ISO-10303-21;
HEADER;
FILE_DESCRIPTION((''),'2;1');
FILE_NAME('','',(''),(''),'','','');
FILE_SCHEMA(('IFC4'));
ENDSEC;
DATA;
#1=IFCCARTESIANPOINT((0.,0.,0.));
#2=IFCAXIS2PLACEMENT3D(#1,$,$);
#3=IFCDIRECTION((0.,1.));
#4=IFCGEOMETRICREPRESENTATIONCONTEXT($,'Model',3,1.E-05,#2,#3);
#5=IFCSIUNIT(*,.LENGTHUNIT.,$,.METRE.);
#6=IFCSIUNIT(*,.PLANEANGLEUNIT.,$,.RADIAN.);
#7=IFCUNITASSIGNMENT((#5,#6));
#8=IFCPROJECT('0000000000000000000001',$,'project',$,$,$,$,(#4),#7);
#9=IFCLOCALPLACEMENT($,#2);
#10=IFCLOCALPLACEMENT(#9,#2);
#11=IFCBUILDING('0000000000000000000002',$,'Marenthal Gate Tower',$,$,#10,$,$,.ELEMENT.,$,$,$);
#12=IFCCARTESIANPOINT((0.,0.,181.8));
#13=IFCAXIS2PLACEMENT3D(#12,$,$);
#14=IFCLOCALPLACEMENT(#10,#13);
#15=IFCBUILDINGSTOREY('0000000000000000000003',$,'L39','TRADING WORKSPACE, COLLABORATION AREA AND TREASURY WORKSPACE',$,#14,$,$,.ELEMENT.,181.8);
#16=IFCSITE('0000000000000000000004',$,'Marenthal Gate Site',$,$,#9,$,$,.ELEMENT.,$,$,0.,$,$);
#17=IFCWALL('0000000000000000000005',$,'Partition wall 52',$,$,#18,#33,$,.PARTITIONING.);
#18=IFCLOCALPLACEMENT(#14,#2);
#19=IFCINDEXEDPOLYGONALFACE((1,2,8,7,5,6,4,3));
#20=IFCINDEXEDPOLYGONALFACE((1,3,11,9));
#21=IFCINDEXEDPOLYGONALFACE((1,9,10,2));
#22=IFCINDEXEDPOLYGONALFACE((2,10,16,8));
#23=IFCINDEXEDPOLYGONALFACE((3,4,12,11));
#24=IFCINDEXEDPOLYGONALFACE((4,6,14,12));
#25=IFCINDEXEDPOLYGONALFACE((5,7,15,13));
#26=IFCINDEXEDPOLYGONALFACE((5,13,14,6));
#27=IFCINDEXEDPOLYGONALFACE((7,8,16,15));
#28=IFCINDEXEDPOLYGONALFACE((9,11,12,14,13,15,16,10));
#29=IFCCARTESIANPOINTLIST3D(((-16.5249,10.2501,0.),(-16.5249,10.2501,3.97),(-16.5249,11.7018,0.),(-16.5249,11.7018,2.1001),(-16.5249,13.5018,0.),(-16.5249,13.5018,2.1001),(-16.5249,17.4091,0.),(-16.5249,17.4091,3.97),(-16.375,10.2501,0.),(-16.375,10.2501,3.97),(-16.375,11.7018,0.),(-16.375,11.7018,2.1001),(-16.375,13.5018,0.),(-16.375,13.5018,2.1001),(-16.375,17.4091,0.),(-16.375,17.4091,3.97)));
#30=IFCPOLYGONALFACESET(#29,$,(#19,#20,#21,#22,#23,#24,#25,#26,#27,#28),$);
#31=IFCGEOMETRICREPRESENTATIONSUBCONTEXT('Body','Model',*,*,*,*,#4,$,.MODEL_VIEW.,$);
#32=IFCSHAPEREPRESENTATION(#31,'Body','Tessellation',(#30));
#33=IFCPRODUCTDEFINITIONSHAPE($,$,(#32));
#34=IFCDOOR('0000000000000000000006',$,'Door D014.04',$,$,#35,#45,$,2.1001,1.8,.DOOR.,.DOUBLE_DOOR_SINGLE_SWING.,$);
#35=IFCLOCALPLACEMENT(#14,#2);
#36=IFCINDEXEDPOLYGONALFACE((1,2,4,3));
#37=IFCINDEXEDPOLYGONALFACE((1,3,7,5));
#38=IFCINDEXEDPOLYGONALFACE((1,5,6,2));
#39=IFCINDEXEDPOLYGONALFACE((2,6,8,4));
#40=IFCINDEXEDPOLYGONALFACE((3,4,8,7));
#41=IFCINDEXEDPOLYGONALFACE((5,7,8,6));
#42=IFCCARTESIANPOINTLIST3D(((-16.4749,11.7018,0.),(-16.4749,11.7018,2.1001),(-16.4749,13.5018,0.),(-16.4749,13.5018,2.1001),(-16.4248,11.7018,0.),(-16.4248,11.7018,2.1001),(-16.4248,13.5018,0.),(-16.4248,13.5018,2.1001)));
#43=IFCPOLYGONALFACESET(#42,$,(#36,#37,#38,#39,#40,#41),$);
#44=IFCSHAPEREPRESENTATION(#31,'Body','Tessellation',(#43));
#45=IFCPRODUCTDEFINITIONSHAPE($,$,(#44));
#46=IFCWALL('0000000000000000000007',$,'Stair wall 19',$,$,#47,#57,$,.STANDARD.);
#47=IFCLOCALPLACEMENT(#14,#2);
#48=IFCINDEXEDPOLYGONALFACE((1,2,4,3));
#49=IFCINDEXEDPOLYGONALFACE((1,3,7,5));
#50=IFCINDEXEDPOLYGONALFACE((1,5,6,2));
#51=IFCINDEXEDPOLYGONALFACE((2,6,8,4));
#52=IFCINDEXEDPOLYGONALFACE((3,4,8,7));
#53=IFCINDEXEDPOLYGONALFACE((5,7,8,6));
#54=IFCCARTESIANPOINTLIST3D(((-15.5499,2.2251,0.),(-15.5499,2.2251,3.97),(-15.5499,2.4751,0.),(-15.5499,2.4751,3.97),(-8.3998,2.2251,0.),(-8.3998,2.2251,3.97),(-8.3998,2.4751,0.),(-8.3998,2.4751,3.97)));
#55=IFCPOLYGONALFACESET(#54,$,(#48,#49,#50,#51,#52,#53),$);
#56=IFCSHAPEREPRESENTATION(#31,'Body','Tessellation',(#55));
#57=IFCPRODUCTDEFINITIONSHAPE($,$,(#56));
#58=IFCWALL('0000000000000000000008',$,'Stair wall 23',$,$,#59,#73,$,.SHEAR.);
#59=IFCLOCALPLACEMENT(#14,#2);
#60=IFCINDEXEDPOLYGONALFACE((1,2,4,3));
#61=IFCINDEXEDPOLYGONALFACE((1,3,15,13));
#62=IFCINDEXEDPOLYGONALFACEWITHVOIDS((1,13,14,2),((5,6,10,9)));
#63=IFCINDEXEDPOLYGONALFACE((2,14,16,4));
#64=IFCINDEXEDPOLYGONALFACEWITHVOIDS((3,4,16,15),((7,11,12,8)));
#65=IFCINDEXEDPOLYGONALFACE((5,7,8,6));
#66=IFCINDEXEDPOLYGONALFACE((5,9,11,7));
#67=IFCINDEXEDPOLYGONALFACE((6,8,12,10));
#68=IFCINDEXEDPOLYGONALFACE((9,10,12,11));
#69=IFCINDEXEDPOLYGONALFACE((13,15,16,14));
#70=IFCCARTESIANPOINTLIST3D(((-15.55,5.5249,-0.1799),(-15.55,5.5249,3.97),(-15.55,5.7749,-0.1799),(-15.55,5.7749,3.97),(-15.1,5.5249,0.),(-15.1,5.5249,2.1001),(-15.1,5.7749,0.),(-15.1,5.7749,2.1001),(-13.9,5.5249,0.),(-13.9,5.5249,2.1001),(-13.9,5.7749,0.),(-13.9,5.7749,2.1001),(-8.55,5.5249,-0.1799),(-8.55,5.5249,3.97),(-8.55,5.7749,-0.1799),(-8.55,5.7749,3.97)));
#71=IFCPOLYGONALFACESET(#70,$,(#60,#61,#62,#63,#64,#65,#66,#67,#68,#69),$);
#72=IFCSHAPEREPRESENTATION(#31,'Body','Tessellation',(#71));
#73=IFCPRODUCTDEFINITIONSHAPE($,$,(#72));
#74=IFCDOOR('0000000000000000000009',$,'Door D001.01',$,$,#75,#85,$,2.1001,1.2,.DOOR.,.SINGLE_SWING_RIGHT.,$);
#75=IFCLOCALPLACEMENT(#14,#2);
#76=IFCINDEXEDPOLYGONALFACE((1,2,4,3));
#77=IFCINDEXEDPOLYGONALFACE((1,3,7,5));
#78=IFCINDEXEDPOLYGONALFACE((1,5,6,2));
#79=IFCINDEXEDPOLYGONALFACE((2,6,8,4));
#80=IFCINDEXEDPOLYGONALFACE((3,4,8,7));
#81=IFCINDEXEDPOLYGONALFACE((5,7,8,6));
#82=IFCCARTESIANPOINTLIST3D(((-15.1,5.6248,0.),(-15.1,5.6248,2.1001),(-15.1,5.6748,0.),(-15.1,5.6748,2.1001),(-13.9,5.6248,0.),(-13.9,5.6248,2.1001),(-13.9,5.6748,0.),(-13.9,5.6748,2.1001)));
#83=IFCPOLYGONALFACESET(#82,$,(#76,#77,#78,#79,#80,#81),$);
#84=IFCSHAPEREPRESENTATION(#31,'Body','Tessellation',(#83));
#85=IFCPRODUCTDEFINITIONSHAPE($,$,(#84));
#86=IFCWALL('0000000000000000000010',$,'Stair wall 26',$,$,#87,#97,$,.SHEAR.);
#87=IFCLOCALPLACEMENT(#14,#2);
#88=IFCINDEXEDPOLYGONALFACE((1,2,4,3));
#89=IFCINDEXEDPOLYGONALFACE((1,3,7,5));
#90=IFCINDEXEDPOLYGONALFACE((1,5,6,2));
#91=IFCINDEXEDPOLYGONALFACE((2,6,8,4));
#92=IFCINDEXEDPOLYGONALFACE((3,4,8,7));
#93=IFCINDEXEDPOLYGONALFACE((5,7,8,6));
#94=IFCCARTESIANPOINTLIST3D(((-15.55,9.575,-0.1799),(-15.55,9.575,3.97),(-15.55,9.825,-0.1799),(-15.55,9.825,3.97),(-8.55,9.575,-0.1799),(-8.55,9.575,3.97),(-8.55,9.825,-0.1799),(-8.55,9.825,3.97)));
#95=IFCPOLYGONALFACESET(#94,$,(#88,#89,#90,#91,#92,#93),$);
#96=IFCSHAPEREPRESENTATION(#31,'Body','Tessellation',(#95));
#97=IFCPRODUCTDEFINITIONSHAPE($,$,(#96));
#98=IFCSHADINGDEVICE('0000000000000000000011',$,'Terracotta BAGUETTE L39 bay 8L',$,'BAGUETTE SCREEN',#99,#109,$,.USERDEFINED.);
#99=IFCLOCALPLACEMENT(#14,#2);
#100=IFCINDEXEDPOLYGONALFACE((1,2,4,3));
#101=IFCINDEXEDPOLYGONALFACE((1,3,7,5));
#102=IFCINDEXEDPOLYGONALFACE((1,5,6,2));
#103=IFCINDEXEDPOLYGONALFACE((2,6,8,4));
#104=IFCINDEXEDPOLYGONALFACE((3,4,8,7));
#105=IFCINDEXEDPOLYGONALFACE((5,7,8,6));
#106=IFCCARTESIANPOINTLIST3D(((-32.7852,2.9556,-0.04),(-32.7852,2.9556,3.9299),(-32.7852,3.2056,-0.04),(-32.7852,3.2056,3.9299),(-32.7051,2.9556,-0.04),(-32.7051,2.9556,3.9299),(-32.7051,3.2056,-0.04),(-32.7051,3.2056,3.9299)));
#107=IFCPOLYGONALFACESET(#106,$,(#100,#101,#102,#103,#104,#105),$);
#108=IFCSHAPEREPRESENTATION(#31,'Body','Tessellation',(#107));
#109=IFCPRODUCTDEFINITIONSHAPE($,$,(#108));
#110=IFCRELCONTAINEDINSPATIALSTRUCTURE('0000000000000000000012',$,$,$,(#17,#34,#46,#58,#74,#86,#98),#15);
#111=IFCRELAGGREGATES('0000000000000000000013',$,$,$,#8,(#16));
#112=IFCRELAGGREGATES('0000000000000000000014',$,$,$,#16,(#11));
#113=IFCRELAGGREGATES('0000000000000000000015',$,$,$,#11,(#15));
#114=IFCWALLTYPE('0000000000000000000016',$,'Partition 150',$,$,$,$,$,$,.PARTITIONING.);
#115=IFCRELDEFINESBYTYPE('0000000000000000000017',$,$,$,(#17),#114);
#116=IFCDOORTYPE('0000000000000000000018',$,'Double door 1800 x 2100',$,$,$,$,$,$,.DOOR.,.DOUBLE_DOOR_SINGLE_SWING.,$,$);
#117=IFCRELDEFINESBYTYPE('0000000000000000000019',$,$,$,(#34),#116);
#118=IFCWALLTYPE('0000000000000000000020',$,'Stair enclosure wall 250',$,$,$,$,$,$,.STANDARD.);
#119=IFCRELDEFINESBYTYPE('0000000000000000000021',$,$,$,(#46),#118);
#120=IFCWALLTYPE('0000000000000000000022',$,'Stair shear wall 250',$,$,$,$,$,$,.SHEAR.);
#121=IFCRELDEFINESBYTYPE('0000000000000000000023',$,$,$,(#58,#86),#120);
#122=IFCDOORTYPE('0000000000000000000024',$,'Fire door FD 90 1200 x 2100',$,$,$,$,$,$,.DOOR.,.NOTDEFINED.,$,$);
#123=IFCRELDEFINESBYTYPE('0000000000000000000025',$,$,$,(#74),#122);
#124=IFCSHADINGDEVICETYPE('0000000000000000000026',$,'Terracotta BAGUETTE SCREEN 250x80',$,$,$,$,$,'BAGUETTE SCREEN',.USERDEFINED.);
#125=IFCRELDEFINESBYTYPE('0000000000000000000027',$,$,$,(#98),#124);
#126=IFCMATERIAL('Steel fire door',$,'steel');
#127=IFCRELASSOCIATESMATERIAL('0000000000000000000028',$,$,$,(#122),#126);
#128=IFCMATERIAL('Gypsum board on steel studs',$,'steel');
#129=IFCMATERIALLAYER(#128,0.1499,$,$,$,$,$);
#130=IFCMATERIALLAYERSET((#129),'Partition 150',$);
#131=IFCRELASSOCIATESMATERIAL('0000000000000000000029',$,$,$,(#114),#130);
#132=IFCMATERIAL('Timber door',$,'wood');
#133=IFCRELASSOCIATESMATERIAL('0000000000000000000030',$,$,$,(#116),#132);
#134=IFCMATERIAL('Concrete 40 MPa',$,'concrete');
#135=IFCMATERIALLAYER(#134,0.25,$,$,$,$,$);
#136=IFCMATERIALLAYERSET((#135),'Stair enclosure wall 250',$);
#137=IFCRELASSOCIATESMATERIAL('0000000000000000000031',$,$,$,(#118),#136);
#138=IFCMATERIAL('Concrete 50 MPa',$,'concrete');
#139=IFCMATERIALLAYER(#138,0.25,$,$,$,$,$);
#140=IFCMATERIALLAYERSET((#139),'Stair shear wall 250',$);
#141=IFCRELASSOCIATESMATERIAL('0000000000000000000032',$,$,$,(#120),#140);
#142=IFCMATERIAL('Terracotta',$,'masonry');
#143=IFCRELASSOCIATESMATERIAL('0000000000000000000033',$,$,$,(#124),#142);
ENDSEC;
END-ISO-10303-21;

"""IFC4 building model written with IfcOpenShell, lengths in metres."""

from ifc_helpers import new_model, si_unit, direction, frame, frame_2d, origin, origin_2d, place, context, subcontext, project, spatial, rectangle, extrude, material, layer, layer_set, material_profile, profile_set, type_object, element, fill, save


model = new_model("IFC4")

# Units and contexts
model_context = context("Model", 3, precision=1e-05, world=origin(), true_north=direction((0.0, 1.0)))
body_context = subcontext(model_context, "Body", "Model", "MODEL_VIEW")
ifc_project = project(units=[si_unit("LENGTHUNIT", "METRE"), si_unit("PLANEANGLEUNIT", "RADIAN")], contexts=[model_context])

# Site, building, storey
site_placement = place(None, origin())
site = spatial("IfcSite", under=ifc_project, at=site_placement, Name="Marenthal Gate Site", CompositionType="ELEMENT", RefElevation=0.0)
building_placement = place(site_placement, origin())
building = spatial("IfcBuilding", under=site, at=building_placement, Name="Marenthal Gate Tower", CompositionType="ELEMENT")
storey_placement = place(building_placement, frame((0.0, 0.0, 181.8)))
storey = spatial("IfcBuildingStorey", under=building, at=storey_placement, Name="L39", Description="TRADING WORKSPACE, COLLABORATION AREA AND TREASURY WORKSPACE", CompositionType="ELEMENT", Elevation=181.8)

# Shared definitions
ifc_material_1 = material(Name="Steel fire door", Category="steel")
door_type_1 = type_object("IfcDoorType", Name="Fire door FD 90 1200 x 2100", OperationType="NOTDEFINED", PredefinedType="DOOR", material=ifc_material_1)

# Wall, opening, door
ifc_material_2 = material(Name="Gypsum board on steel studs", Category="steel")
ifc_layer_1 = layer(ifc_material_2, 0.1499)
ifc_layer_set_1 = layer_set([ifc_layer_1], Name="Partition 150")
wall_type_1 = type_object("IfcWallType", Name="Partition 150", PredefinedType="PARTITIONING", material=ifc_layer_set_1)
wall_1_placement = place(storey_placement, frame((-16.45, 10.25, 0.0), z_axis=(0.0, 0.0, 1.0), x_axis=(0.0, 1.0, 0.0)))
wall_1 = element("IfcWall", 1, at=wall_1_placement, inside=storey, type_object=wall_type_1, Name="Partition wall 52", PredefinedType="PARTITIONING", context=body_context, shape_type="SweptSolid", body=[
    extrude(rectangle(XDim=7.1589, YDim=0.1499, at=frame_2d((3.5796, 0.0))), origin(), (0.0, 0.0, 1.0), 3.97),
])
opening_1_placement = place(wall_1_placement, frame((1.4519, 0.0, 0.0)))
opening_1 = element("IfcOpeningElement", 2, at=opening_1_placement, cuts=wall_1, PredefinedType="OPENING", context=body_context, shape_type="SweptSolid", body=[
    extrude(rectangle(XDim=1.8, YDim=2.1001, at=frame_2d((0.8999, 1.05))), frame((0.0, 0.085, 0.0), z_axis=(0.0, -1.0, 0.0), x_axis=(1.0, 0.0, 0.0)), (0.0, 0.0, 1.0), 0.1699),
])
ifc_material_3 = material(Name="Timber door", Category="wood")
door_type_2 = type_object("IfcDoorType", Name="Double door 1800 x 2100", OperationType="DOUBLE_DOOR_SINGLE_SWING", PredefinedType="DOOR", material=ifc_material_3)
door_1_placement = place(opening_1_placement, origin())
door_1 = element("IfcDoor", 3, at=door_1_placement, inside=storey, type_object=door_type_2, Name="Door D014.04", OperationType="DOUBLE_DOOR_SINGLE_SWING", OverallHeight=2.1001, OverallWidth=1.8, PredefinedType="DOOR", context=body_context, shape_type="SweptSolid", body=[
    extrude(rectangle(XDim=1.8, YDim=2.1001, at=frame_2d((0.8999, 1.05))), frame((0.0, 0.0249, 0.0), z_axis=(0.0, -1.0, 0.0), x_axis=(1.0, 0.0, 0.0)), (0.0, 0.0, 1.0), 0.05),
])
fill(opening_1, door_1)

# Wall
ifc_material_4 = material(Name="Concrete 40 MPa", Category="concrete")
ifc_layer_2 = layer(ifc_material_4, 0.25)
ifc_layer_set_2 = layer_set([ifc_layer_2], Name="Stair enclosure wall 250")
wall_type_2 = type_object("IfcWallType", Name="Stair enclosure wall 250", PredefinedType="STANDARD", material=ifc_layer_set_2)
wall_2_placement = place(storey_placement, frame((-15.55, 2.3501, 0.0), z_axis=(0.0, 0.0, 1.0), x_axis=(1.0, 0.0, 0.0)))
element("IfcWall", 4, at=wall_2_placement, inside=storey, type_object=wall_type_2, Name="Stair wall 19", PredefinedType="STANDARD", context=body_context, shape_type="SweptSolid", body=[
    extrude(rectangle(XDim=7.1501, YDim=0.25, at=frame_2d((3.5752, 0.0))), origin(), (0.0, 0.0, 1.0), 3.97),
])

# Wall, opening, door
ifc_material_5 = material(Name="Concrete 50 MPa", Category="concrete")
ifc_layer_3 = layer(ifc_material_5, 0.25)
ifc_layer_set_3 = layer_set([ifc_layer_3], Name="Stair shear wall 250")
wall_type_3 = type_object("IfcWallType", Name="Stair shear wall 250", PredefinedType="SHEAR", material=ifc_layer_set_3)
wall_3_placement = place(storey_placement, frame((-15.55, 5.6499, -0.1799), z_axis=(0.0, 0.0, 1.0), x_axis=(1.0, 0.0, 0.0)))
wall_3 = element("IfcWall", 5, at=wall_3_placement, inside=storey, type_object=wall_type_3, Name="Stair wall 23", PredefinedType="SHEAR", context=body_context, shape_type="SweptSolid", body=[
    extrude(rectangle(XDim=7.0, YDim=0.25, at=frame_2d((3.5, 0.0))), origin(), (0.0, 0.0, 1.0), 4.1499),
])
opening_2_placement = place(wall_3_placement, frame((0.45, 0.0, 0.1799)))
opening_2 = element("IfcOpeningElement", 6, at=opening_2_placement, cuts=wall_3, PredefinedType="OPENING", context=body_context, shape_type="SweptSolid", body=[
    extrude(rectangle(XDim=1.2, YDim=2.1001, at=frame_2d((0.6001, 1.05))), frame((0.0, 0.135, 0.0), z_axis=(0.0, -1.0, 0.0), x_axis=(1.0, 0.0, 0.0)), (0.0, 0.0, 1.0), 0.27),
])
door_2_placement = place(opening_2_placement, origin())
door_2 = element("IfcDoor", 7, at=door_2_placement, inside=storey, type_object=door_type_1, Name="Door D001.01", OperationType="SINGLE_SWING_RIGHT", OverallHeight=2.1001, OverallWidth=1.2, PredefinedType="DOOR", context=body_context, shape_type="SweptSolid", body=[
    extrude(rectangle(XDim=1.2, YDim=2.1001, at=frame_2d((0.6001, 1.05))), frame((0.0, 0.0249, 0.0), z_axis=(0.0, -1.0, 0.0), x_axis=(1.0, 0.0, 0.0)), (0.0, 0.0, 1.0), 0.05),
])
fill(opening_2, door_2)

# Wall
wall_4_placement = place(storey_placement, frame((-15.55, 9.7, -0.1799), z_axis=(0.0, 0.0, 1.0), x_axis=(1.0, 0.0, 0.0)))
element("IfcWall", 8, at=wall_4_placement, inside=storey, type_object=wall_type_3, Name="Stair wall 26", PredefinedType="SHEAR", context=body_context, shape_type="SweptSolid", body=[
    extrude(rectangle(XDim=7.0, YDim=0.25, at=frame_2d((3.5, 0.0))), origin(), (0.0, 0.0, 1.0), 4.1499),
])

# Shading device
ifc_material_6 = material(Name="Terracotta", Category="masonry")
ifc_material_profile_1 = material_profile(ifc_material_6, rectangle(XDim=0.25, YDim=0.0801, at=origin_2d()), Name="Terracotta baguette 250x80")
ifc_profile_set_1 = profile_set([ifc_material_profile_1], Name="Terracotta")
shading_device_type = type_object("IfcShadingDeviceType", Name="Terracotta BAGUETTE SCREEN 250x80", ElementType="BAGUETTE SCREEN", PredefinedType="USERDEFINED", material=ifc_profile_set_1)
shading_device_placement = place(storey_placement, frame((-32.7451, 3.0806, -0.04), z_axis=(0.0, 0.0, 1.0), x_axis=(0.0, -1.0, 0.0)))
element("IfcShadingDevice", 9, at=shading_device_placement, inside=storey, type_object=shading_device_type, Name="Terracotta BAGUETTE L39 bay 8L", ObjectType="BAGUETTE SCREEN", PredefinedType="USERDEFINED", context=body_context, shape_type="SweptSolid", body=[
    extrude(rectangle(XDim=0.25, YDim=0.0801, at=origin_2d()), origin(), (0.0, 0.0, 1.0), 3.97),
])

save(model, "model.ifc")
